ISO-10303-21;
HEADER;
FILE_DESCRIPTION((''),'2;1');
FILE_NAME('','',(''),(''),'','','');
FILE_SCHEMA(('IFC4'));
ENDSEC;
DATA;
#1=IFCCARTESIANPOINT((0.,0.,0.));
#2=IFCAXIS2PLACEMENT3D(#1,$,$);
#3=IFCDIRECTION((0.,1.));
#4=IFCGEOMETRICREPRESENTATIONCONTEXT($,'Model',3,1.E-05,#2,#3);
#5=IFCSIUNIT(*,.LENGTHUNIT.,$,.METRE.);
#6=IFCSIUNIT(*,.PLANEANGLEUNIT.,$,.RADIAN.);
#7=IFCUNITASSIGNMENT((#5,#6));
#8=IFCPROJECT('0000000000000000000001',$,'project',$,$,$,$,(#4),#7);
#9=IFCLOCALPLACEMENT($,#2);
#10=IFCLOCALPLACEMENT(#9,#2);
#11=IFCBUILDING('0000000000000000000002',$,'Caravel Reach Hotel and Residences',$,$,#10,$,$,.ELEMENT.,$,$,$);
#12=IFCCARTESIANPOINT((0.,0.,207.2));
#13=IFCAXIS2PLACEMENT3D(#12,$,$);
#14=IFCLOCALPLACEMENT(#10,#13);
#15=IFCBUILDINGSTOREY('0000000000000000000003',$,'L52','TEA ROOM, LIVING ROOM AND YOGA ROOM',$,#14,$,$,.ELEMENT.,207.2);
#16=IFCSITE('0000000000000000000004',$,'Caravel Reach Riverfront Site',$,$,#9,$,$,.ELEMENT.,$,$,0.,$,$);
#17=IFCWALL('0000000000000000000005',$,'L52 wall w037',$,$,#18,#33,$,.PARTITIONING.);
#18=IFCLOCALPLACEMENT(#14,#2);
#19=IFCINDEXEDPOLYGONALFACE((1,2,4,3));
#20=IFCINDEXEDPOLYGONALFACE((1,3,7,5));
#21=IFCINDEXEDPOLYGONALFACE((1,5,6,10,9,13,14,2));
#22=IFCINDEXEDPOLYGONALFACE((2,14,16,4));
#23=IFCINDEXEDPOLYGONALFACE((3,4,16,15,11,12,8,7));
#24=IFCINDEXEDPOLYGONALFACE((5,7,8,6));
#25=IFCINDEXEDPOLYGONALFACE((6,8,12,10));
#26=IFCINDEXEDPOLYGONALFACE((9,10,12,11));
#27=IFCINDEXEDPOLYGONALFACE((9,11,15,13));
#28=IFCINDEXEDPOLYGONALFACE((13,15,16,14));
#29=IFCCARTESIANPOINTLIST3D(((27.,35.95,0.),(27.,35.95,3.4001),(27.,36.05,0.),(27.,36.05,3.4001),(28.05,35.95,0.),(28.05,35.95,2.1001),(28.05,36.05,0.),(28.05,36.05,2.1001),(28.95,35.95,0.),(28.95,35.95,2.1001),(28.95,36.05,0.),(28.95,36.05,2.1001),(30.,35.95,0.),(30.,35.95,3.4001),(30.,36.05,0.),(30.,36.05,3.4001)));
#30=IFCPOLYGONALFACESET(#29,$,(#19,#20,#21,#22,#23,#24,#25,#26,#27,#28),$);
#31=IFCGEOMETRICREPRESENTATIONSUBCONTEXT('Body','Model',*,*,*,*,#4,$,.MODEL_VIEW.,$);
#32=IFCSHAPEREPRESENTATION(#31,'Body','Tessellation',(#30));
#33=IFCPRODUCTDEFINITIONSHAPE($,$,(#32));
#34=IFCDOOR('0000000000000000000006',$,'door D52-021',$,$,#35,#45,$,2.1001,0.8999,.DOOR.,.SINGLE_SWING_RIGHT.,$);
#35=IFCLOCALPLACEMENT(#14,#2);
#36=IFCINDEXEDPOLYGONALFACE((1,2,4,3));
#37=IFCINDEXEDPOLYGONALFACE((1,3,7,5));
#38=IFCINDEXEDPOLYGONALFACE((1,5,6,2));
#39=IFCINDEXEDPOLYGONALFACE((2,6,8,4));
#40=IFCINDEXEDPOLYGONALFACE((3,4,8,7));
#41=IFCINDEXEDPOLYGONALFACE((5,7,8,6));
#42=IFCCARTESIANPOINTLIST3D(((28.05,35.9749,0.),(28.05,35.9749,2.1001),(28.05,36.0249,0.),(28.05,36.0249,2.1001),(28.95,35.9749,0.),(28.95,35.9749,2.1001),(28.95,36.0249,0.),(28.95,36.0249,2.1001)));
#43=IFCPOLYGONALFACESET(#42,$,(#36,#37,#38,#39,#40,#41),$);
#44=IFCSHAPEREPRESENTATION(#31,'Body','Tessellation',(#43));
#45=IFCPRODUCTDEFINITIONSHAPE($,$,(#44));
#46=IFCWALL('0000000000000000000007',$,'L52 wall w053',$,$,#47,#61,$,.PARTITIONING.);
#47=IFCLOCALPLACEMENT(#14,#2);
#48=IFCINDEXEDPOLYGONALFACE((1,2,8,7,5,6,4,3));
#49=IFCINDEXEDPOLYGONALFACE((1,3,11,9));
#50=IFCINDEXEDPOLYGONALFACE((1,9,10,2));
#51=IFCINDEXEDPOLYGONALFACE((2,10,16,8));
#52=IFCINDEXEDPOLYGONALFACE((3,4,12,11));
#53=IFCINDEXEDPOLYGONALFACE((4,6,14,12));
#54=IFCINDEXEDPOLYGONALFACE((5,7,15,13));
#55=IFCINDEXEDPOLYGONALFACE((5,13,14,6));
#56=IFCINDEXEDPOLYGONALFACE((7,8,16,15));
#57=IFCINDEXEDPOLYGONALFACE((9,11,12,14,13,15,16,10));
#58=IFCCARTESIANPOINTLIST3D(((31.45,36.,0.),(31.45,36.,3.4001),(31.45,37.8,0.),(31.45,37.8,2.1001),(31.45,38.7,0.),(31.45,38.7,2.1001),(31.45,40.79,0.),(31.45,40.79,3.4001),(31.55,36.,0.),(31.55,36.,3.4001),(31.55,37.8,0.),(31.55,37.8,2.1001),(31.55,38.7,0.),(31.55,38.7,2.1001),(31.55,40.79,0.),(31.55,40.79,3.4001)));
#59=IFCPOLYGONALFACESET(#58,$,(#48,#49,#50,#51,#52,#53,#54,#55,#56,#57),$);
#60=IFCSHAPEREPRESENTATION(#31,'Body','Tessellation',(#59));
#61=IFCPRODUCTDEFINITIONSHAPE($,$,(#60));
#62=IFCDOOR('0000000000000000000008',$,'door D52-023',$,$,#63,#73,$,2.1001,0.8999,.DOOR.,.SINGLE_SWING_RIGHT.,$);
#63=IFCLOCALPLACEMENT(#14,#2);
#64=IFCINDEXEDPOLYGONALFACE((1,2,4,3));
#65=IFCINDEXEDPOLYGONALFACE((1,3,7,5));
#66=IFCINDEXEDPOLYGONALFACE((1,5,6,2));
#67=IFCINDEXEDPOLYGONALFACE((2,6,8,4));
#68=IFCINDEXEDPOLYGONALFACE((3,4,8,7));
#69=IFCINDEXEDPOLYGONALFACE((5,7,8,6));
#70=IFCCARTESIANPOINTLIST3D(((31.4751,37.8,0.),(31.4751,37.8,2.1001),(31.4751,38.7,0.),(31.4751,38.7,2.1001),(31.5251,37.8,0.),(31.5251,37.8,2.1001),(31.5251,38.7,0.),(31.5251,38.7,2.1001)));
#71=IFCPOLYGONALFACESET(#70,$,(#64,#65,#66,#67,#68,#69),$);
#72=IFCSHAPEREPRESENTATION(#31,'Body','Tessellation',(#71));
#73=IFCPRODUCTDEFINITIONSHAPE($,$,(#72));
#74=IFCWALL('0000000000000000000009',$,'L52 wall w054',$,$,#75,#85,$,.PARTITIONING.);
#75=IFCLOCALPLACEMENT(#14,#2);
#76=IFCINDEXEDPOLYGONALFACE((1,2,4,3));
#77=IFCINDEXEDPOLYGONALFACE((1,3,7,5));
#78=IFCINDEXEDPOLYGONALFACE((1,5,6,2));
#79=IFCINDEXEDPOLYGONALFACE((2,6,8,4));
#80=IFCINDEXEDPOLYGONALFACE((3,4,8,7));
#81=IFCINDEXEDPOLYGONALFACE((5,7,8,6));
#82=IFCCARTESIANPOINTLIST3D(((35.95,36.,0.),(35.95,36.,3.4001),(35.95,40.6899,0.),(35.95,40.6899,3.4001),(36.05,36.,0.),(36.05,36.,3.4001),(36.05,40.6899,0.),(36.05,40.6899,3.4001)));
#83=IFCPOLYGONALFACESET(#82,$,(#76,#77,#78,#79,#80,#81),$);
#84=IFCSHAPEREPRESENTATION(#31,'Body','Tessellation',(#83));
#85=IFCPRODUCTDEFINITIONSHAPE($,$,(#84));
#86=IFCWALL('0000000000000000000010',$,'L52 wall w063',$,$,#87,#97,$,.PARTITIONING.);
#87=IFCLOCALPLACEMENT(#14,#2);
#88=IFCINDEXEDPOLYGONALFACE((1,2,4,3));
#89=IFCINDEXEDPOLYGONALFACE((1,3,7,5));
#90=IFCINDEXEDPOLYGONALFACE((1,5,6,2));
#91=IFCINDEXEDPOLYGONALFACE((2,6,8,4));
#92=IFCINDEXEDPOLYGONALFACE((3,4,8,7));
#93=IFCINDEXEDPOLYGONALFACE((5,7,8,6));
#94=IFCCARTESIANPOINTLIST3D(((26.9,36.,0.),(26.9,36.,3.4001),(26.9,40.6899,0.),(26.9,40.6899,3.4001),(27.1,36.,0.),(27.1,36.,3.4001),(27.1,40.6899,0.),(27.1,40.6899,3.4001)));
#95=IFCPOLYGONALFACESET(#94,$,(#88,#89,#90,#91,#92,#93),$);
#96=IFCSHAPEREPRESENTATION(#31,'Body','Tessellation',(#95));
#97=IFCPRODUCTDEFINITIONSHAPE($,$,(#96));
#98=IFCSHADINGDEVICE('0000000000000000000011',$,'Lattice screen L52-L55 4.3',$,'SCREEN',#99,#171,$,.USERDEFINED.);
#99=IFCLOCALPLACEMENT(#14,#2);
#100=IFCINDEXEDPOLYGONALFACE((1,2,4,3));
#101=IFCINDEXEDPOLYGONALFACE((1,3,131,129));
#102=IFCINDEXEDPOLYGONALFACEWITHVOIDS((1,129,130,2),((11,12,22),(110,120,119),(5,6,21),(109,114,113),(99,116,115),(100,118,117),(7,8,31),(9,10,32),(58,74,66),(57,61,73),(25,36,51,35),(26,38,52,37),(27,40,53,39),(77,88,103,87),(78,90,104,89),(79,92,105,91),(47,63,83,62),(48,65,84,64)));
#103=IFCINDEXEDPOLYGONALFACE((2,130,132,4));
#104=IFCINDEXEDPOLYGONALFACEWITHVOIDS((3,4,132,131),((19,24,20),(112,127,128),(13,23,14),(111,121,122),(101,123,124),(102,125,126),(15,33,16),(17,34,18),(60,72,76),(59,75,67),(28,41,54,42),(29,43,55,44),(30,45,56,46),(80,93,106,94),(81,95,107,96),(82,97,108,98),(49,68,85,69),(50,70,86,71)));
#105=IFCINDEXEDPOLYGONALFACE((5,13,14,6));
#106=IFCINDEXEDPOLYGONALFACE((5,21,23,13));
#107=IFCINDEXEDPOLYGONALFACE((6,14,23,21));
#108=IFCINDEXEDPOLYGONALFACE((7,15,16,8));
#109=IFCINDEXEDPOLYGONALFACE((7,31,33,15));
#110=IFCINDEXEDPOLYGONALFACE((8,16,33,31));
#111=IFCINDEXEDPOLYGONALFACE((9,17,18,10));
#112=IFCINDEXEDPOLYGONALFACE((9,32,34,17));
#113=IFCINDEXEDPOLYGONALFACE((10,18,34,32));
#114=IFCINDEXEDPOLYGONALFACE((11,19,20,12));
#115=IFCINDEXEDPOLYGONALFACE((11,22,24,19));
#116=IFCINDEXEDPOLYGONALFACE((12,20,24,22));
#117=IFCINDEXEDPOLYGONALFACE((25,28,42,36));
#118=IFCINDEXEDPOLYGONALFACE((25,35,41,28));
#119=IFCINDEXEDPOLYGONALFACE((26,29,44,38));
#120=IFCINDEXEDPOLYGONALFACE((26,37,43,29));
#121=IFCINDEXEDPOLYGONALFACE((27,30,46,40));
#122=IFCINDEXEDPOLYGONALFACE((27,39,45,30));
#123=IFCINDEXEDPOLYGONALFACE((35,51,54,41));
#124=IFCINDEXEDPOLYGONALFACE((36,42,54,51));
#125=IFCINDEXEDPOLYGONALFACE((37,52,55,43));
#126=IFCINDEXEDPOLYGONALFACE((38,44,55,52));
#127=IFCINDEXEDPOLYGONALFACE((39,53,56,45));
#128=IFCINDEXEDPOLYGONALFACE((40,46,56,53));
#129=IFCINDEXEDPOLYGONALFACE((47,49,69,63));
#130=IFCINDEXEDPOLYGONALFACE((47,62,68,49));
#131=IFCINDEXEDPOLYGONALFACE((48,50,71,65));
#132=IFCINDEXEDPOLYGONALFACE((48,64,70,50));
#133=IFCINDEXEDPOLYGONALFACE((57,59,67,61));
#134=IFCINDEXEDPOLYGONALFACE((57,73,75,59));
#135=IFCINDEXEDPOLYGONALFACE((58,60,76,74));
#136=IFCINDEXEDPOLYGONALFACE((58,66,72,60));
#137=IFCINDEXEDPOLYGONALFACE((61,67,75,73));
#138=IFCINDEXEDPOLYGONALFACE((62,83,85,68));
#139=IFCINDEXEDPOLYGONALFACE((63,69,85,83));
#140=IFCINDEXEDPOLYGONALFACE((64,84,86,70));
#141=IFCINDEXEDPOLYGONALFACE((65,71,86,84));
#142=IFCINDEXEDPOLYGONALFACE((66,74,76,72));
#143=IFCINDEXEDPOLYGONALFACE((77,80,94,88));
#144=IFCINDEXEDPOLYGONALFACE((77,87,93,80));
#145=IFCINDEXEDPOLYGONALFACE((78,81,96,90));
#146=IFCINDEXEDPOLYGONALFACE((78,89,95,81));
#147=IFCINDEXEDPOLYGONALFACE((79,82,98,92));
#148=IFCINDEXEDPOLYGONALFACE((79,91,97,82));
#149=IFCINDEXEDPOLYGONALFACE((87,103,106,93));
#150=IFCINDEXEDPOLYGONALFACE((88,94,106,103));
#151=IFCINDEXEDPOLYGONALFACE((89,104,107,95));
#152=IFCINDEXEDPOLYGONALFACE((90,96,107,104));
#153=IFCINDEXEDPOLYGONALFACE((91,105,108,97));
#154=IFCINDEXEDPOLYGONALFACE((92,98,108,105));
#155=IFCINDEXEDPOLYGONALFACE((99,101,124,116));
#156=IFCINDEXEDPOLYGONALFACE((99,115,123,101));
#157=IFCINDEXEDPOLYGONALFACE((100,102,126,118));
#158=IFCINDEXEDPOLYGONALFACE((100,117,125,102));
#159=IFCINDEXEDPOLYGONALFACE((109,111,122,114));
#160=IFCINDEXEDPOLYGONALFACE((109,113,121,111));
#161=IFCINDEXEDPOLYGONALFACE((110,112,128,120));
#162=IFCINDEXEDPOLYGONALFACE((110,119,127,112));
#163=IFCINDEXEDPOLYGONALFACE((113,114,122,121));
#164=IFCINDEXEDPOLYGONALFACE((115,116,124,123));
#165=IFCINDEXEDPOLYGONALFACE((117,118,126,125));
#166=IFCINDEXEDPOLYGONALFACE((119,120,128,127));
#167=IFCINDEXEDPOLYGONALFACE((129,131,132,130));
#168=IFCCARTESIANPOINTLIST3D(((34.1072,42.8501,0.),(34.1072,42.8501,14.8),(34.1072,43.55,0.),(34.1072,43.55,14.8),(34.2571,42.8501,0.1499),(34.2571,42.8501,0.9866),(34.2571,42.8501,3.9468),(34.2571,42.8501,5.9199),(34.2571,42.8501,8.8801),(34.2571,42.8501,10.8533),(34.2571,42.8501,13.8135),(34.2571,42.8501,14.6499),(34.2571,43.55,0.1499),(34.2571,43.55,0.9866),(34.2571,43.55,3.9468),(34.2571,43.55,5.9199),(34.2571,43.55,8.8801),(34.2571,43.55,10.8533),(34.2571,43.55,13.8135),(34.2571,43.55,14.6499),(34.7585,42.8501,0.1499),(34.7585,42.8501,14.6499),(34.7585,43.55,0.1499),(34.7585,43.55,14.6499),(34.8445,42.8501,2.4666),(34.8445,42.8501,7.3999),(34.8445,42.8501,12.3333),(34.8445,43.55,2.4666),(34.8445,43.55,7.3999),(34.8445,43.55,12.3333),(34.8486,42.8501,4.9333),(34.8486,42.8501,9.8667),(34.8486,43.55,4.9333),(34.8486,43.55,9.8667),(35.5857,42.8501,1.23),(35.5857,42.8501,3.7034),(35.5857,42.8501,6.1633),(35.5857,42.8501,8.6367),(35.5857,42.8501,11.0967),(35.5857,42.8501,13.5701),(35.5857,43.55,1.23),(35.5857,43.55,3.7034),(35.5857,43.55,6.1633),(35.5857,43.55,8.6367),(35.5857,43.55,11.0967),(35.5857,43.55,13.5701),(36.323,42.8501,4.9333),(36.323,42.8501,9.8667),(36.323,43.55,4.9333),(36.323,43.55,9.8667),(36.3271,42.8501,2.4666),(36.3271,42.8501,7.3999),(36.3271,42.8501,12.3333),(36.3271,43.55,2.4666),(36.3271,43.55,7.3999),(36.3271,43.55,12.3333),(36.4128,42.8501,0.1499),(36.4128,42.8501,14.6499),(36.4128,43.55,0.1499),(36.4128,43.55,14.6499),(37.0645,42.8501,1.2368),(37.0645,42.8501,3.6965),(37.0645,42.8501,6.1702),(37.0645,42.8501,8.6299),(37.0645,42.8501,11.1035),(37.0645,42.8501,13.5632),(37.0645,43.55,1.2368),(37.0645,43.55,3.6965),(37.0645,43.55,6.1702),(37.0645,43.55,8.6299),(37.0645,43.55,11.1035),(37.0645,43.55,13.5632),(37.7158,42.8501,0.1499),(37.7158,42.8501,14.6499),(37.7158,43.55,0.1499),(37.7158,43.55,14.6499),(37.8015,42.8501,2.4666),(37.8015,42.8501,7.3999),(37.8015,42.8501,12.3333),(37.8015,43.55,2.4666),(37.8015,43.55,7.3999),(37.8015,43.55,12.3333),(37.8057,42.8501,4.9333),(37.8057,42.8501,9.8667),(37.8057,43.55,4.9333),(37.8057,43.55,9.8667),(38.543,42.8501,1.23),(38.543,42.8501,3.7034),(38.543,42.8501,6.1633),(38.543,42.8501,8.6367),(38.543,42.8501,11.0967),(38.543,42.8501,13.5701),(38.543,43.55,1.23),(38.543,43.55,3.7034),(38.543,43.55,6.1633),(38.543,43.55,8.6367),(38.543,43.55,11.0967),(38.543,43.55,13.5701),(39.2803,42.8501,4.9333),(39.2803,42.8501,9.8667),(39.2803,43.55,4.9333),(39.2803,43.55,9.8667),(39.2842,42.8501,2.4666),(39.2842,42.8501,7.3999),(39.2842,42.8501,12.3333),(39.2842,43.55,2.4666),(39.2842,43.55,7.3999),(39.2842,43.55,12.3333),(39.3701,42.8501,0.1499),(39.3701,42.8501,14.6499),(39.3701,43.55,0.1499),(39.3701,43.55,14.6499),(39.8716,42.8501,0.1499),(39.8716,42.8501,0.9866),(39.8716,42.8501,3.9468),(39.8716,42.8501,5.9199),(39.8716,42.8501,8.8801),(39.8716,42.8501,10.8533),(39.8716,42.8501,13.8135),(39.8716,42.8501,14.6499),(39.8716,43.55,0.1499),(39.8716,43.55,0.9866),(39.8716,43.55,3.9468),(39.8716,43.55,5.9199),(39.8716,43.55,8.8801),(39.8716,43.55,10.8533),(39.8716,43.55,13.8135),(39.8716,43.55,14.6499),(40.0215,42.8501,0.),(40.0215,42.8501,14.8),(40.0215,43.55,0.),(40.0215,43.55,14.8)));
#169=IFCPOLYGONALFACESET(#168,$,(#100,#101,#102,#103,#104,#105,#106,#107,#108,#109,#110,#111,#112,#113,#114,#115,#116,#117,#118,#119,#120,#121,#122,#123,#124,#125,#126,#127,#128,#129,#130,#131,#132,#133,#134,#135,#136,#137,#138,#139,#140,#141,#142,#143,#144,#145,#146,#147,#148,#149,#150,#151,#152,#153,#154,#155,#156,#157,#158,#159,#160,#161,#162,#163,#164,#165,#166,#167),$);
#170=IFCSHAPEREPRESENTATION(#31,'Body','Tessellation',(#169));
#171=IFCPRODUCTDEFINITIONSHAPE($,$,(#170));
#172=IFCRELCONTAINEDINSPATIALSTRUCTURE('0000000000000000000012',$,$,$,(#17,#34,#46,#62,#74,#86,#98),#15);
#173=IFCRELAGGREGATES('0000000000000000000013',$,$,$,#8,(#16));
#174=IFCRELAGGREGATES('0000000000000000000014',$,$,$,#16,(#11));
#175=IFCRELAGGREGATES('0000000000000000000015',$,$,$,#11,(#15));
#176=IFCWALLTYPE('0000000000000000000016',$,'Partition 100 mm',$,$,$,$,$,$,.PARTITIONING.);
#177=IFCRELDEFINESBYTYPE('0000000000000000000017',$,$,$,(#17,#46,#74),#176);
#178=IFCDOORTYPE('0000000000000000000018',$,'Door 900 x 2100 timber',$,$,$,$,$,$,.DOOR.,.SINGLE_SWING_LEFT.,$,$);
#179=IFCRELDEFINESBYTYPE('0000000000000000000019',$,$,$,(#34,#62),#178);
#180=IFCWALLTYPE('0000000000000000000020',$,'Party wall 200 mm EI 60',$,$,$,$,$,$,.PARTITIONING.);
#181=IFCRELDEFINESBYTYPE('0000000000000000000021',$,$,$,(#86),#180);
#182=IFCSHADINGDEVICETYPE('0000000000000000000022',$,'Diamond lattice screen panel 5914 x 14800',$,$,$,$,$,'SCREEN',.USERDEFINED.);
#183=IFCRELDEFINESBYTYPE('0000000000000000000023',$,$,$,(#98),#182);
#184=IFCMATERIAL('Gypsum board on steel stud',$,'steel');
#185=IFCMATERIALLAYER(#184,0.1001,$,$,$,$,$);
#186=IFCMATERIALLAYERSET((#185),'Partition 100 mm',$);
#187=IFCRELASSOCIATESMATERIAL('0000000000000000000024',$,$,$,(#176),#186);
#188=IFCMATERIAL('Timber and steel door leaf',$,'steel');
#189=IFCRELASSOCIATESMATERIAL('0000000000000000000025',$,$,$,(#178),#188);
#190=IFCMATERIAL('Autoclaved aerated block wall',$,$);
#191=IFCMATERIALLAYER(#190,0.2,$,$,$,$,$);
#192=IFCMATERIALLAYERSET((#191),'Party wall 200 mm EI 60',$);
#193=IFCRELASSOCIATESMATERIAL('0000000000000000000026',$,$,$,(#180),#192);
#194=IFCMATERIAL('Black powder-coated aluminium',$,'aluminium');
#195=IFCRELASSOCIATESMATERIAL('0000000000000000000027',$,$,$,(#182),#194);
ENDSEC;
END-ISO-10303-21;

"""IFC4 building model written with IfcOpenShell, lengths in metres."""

from ifc_helpers import new_model, si_unit, direction, frame, frame_2d, origin, place, context, subcontext, project, spatial, polyline, rectangle, outline, extrude, material, layer, layer_set, type_object, element, fill, save


model = new_model("IFC4")

# Units and contexts
model_context = context("Model", 3, precision=1e-05, world=origin(), true_north=direction((0.0, 1.0)))
body_context = subcontext(model_context, "Body", "Model", "MODEL_VIEW")
ifc_project = project(units=[si_unit("LENGTHUNIT", "METRE"), si_unit("PLANEANGLEUNIT", "RADIAN")], contexts=[model_context])

# Site, building, storey
site_placement = place(None, origin())
site = spatial("IfcSite", under=ifc_project, at=site_placement, Name="Caravel Reach Riverfront Site", CompositionType="ELEMENT", RefElevation=0.0)
building_placement = place(site_placement, origin())
building = spatial("IfcBuilding", under=site, at=building_placement, Name="Caravel Reach Hotel and Residences", CompositionType="ELEMENT")
storey_placement = place(building_placement, frame((0.0, 0.0, 207.2)))
storey = spatial("IfcBuildingStorey", under=building, at=storey_placement, Name="L52", Description="TEA ROOM, LIVING ROOM AND YOGA ROOM", CompositionType="ELEMENT", Elevation=207.2)

# Shared definitions
ifc_material_1 = material(Name="Gypsum board on steel stud", Category="steel")
ifc_layer_1 = layer(ifc_material_1, 0.1001)
ifc_layer_set_1 = layer_set([ifc_layer_1], Name="Partition 100 mm")
wall_type_1 = type_object("IfcWallType", Name="Partition 100 mm", PredefinedType="PARTITIONING", material=ifc_layer_set_1)

# Walls, openings, doors
wall_1_placement = place(storey_placement, frame((27.0, 36.0, 0.0), z_axis=(0.0, 0.0, 1.0), x_axis=(1.0, 0.0, 0.0)))
wall_1 = element("IfcWall", 1, at=wall_1_placement, inside=storey, type_object=wall_type_1, Name="L52 wall w037", PredefinedType="PARTITIONING", context=body_context, shape_type="SweptSolid", body=[
    extrude(rectangle(XDim=3.0, YDim=0.1001, at=frame_2d((1.5, 0.0))), origin(), (0.0, 0.0, 1.0), 3.4001),
])
opening_1_placement = place(wall_1_placement, frame((1.05, 0.0, 0.0)))
opening_1 = element("IfcOpeningElement", 2, at=opening_1_placement, cuts=wall_1, PredefinedType="OPENING", context=body_context, shape_type="SweptSolid", body=[
    extrude(rectangle(XDim=0.8999, YDim=2.1001, at=frame_2d((0.45, 1.05))), frame((0.0, 0.0601, 0.0), z_axis=(0.0, -1.0, 0.0), x_axis=(1.0, 0.0, 0.0)), (0.0, 0.0, 1.0), 0.1201),
])
ifc_material_2 = material(Name="Timber and steel door leaf", Category="steel")
door_type_1 = type_object("IfcDoorType", Name="Door 900 x 2100 timber", OperationType="SINGLE_SWING_LEFT", PredefinedType="DOOR", material=ifc_material_2)
door_1_placement = place(opening_1_placement, origin())
door_1 = element("IfcDoor", 3, at=door_1_placement, inside=storey, type_object=door_type_1, Name="door D52-021", OperationType="SINGLE_SWING_RIGHT", OverallHeight=2.1001, OverallWidth=0.8999, PredefinedType="DOOR", context=body_context, shape_type="SweptSolid", body=[
    extrude(rectangle(XDim=0.8999, YDim=2.1001, at=frame_2d((0.45, 1.05))), frame((0.0, 0.0249, 0.0), z_axis=(0.0, -1.0, 0.0), x_axis=(1.0, 0.0, 0.0)), (0.0, 0.0, 1.0), 0.05),
])
fill(opening_1, door_1)
wall_2_placement = place(storey_placement, frame((31.5, 36.0, 0.0), z_axis=(0.0, 0.0, 1.0), x_axis=(0.0, 1.0, 0.0)))
wall_2 = element("IfcWall", 4, at=wall_2_placement, inside=storey, type_object=wall_type_1, Name="L52 wall w053", PredefinedType="PARTITIONING", context=body_context, shape_type="SweptSolid", body=[
    extrude(rectangle(XDim=4.79, YDim=0.1001, at=frame_2d((2.395, 0.0))), origin(), (0.0, 0.0, 1.0), 3.4001),
])
opening_2_placement = place(wall_2_placement, frame((1.8, 0.0, 0.0)))
opening_2 = element("IfcOpeningElement", 5, at=opening_2_placement, cuts=wall_2, PredefinedType="OPENING", context=body_context, shape_type="SweptSolid", body=[
    extrude(rectangle(XDim=0.8999, YDim=2.1001, at=frame_2d((0.45, 1.05))), frame((0.0, 0.0601, 0.0), z_axis=(0.0, -1.0, 0.0), x_axis=(1.0, 0.0, 0.0)), (0.0, 0.0, 1.0), 0.1201),
])
door_2_placement = place(opening_2_placement, origin())
door_2 = element("IfcDoor", 6, at=door_2_placement, inside=storey, type_object=door_type_1, Name="door D52-023", OperationType="SINGLE_SWING_RIGHT", OverallHeight=2.1001, OverallWidth=0.8999, PredefinedType="DOOR", context=body_context, shape_type="SweptSolid", body=[
    extrude(rectangle(XDim=0.8999, YDim=2.1001, at=frame_2d((0.45, 1.05))), frame((0.0, 0.0249, 0.0), z_axis=(0.0, -1.0, 0.0), x_axis=(1.0, 0.0, 0.0)), (0.0, 0.0, 1.0), 0.05),
])
fill(opening_2, door_2)

# Walls
wall_3_placement = place(storey_placement, frame((36.0, 36.0, 0.0), z_axis=(0.0, 0.0, 1.0), x_axis=(0.0, 1.0, 0.0)))
element("IfcWall", 7, at=wall_3_placement, inside=storey, type_object=wall_type_1, Name="L52 wall w054", PredefinedType="PARTITIONING", context=body_context, shape_type="SweptSolid", body=[
    extrude(rectangle(XDim=4.6899, YDim=0.1001, at=frame_2d((2.345, 0.0))), origin(), (0.0, 0.0, 1.0), 3.4001),
])
ifc_material_3 = material(Name="Autoclaved aerated block wall")
ifc_layer_2 = layer(ifc_material_3, 0.2)
ifc_layer_set_2 = layer_set([ifc_layer_2], Name="Party wall 200 mm EI 60")
wall_type_2 = type_object("IfcWallType", Name="Party wall 200 mm EI 60", PredefinedType="PARTITIONING", material=ifc_layer_set_2)
wall_4_placement = place(storey_placement, frame((27.0, 36.0, 0.0), z_axis=(0.0, 0.0, 1.0), x_axis=(0.0, 1.0, 0.0)))
element("IfcWall", 8, at=wall_4_placement, inside=storey, type_object=wall_type_2, Name="L52 wall w063", PredefinedType="PARTITIONING", context=body_context, shape_type="SweptSolid", body=[
    extrude(rectangle(XDim=4.6899, YDim=0.2, at=frame_2d((2.345, 0.0))), origin(), (0.0, 0.0, 1.0), 3.4001),
])

# Shading device
ifc_material_4 = material(Name="Black powder-coated aluminium", Category="aluminium")
shading_device_type = type_object("IfcShadingDeviceType", Name="Diamond lattice screen panel 5914 x 14800", ElementType="SCREEN", PredefinedType="USERDEFINED", material=ifc_material_4)
shading_device_1_placement = place(storey_placement, frame((40.0215, 42.8501, 0.0), z_axis=(0.0, 1.0, 0.0), x_axis=(-1.0, 0.0, 0.0)))
element("IfcShadingDevice", 9, at=shading_device_1_placement, inside=storey, type_object=shading_device_type, Name="Lattice screen L52-L55 4.3", ObjectType="SCREEN", PredefinedType="USERDEFINED", context=body_context, shape_type="SweptSolid", body=[
    extrude(outline(polyline([(0.0, 0.0), (5.9143, 0.0), (5.9143, 14.8), (0.0, 14.8), (0.0, 0.0)]), holes=[polyline([(0.6514, 0.1499), (0.1499, 0.9866), (0.1499, 0.1499), (0.6514, 0.1499)]), polyline([(0.7412, 4.9333), (0.1499, 5.9199), (0.1499, 3.9468), (0.7412, 4.9333)]), polyline([(0.7412, 9.8667), (0.1499, 10.8533), (0.1499, 8.8801), (0.7412, 9.8667)]), polyline([(0.1499, 13.8135), (0.6514, 14.6499), (0.1499, 14.6499), (0.1499, 13.8135)]), polyline([(1.4785, 3.7034), (0.7373, 2.4666), (1.4785, 1.23), (2.22, 2.4666), (1.4785, 3.7034)]), polyline([(1.4785, 8.6367), (0.7373, 7.3999), (1.4785, 6.1633), (2.22, 7.3999), (1.4785, 8.6367)]), polyline([(1.4785, 13.5701), (0.7373, 12.3333), (1.4785, 11.0967), (2.22, 12.3333), (1.4785, 13.5701)]), polyline([(2.957, 1.2368), (2.3057, 0.1499), (3.6086, 0.1499), (2.957, 1.2368)]), polyline([(2.957, 6.1702), (2.2158, 4.9333), (2.957, 3.6965), (3.6985, 4.9333), (2.957, 6.1702)]), polyline([(2.957, 11.1035), (2.2158, 9.8667), (2.957, 8.6299), (3.6985, 9.8667), (2.957, 11.1035)]), polyline([(2.957, 13.5632), (3.6086, 14.6499), (2.3057, 14.6499), (2.957, 13.5632)]), polyline([(4.4358, 3.7034), (3.6943, 2.4666), (4.4358, 1.23), (5.177, 2.4666), (4.4358, 3.7034)]), polyline([(4.4358, 8.6367), (3.6943, 7.3999), (4.4358, 6.1633), (5.177, 7.3999), (4.4358, 8.6367)]), polyline([(4.4358, 13.5701), (3.6943, 12.3333), (4.4358, 11.0967), (5.177, 12.3333), (4.4358, 13.5701)]), polyline([(5.7644, 0.9866), (5.2629, 0.1499), (5.7644, 0.1499), (5.7644, 0.9866)]), polyline([(5.1729, 4.9333), (5.7644, 3.9468), (5.7644, 5.9199), (5.1729, 4.9333)]), polyline([(5.1729, 9.8667), (5.7644, 8.8801), (5.7644, 10.8533), (5.1729, 9.8667)]), polyline([(5.2629, 14.6499), (5.7644, 13.8135), (5.7644, 14.6499), (5.2629, 14.6499)])]), origin(), (0.0, 0.0, 1.0), 0.7),
])

save(model, "model.ifc")
